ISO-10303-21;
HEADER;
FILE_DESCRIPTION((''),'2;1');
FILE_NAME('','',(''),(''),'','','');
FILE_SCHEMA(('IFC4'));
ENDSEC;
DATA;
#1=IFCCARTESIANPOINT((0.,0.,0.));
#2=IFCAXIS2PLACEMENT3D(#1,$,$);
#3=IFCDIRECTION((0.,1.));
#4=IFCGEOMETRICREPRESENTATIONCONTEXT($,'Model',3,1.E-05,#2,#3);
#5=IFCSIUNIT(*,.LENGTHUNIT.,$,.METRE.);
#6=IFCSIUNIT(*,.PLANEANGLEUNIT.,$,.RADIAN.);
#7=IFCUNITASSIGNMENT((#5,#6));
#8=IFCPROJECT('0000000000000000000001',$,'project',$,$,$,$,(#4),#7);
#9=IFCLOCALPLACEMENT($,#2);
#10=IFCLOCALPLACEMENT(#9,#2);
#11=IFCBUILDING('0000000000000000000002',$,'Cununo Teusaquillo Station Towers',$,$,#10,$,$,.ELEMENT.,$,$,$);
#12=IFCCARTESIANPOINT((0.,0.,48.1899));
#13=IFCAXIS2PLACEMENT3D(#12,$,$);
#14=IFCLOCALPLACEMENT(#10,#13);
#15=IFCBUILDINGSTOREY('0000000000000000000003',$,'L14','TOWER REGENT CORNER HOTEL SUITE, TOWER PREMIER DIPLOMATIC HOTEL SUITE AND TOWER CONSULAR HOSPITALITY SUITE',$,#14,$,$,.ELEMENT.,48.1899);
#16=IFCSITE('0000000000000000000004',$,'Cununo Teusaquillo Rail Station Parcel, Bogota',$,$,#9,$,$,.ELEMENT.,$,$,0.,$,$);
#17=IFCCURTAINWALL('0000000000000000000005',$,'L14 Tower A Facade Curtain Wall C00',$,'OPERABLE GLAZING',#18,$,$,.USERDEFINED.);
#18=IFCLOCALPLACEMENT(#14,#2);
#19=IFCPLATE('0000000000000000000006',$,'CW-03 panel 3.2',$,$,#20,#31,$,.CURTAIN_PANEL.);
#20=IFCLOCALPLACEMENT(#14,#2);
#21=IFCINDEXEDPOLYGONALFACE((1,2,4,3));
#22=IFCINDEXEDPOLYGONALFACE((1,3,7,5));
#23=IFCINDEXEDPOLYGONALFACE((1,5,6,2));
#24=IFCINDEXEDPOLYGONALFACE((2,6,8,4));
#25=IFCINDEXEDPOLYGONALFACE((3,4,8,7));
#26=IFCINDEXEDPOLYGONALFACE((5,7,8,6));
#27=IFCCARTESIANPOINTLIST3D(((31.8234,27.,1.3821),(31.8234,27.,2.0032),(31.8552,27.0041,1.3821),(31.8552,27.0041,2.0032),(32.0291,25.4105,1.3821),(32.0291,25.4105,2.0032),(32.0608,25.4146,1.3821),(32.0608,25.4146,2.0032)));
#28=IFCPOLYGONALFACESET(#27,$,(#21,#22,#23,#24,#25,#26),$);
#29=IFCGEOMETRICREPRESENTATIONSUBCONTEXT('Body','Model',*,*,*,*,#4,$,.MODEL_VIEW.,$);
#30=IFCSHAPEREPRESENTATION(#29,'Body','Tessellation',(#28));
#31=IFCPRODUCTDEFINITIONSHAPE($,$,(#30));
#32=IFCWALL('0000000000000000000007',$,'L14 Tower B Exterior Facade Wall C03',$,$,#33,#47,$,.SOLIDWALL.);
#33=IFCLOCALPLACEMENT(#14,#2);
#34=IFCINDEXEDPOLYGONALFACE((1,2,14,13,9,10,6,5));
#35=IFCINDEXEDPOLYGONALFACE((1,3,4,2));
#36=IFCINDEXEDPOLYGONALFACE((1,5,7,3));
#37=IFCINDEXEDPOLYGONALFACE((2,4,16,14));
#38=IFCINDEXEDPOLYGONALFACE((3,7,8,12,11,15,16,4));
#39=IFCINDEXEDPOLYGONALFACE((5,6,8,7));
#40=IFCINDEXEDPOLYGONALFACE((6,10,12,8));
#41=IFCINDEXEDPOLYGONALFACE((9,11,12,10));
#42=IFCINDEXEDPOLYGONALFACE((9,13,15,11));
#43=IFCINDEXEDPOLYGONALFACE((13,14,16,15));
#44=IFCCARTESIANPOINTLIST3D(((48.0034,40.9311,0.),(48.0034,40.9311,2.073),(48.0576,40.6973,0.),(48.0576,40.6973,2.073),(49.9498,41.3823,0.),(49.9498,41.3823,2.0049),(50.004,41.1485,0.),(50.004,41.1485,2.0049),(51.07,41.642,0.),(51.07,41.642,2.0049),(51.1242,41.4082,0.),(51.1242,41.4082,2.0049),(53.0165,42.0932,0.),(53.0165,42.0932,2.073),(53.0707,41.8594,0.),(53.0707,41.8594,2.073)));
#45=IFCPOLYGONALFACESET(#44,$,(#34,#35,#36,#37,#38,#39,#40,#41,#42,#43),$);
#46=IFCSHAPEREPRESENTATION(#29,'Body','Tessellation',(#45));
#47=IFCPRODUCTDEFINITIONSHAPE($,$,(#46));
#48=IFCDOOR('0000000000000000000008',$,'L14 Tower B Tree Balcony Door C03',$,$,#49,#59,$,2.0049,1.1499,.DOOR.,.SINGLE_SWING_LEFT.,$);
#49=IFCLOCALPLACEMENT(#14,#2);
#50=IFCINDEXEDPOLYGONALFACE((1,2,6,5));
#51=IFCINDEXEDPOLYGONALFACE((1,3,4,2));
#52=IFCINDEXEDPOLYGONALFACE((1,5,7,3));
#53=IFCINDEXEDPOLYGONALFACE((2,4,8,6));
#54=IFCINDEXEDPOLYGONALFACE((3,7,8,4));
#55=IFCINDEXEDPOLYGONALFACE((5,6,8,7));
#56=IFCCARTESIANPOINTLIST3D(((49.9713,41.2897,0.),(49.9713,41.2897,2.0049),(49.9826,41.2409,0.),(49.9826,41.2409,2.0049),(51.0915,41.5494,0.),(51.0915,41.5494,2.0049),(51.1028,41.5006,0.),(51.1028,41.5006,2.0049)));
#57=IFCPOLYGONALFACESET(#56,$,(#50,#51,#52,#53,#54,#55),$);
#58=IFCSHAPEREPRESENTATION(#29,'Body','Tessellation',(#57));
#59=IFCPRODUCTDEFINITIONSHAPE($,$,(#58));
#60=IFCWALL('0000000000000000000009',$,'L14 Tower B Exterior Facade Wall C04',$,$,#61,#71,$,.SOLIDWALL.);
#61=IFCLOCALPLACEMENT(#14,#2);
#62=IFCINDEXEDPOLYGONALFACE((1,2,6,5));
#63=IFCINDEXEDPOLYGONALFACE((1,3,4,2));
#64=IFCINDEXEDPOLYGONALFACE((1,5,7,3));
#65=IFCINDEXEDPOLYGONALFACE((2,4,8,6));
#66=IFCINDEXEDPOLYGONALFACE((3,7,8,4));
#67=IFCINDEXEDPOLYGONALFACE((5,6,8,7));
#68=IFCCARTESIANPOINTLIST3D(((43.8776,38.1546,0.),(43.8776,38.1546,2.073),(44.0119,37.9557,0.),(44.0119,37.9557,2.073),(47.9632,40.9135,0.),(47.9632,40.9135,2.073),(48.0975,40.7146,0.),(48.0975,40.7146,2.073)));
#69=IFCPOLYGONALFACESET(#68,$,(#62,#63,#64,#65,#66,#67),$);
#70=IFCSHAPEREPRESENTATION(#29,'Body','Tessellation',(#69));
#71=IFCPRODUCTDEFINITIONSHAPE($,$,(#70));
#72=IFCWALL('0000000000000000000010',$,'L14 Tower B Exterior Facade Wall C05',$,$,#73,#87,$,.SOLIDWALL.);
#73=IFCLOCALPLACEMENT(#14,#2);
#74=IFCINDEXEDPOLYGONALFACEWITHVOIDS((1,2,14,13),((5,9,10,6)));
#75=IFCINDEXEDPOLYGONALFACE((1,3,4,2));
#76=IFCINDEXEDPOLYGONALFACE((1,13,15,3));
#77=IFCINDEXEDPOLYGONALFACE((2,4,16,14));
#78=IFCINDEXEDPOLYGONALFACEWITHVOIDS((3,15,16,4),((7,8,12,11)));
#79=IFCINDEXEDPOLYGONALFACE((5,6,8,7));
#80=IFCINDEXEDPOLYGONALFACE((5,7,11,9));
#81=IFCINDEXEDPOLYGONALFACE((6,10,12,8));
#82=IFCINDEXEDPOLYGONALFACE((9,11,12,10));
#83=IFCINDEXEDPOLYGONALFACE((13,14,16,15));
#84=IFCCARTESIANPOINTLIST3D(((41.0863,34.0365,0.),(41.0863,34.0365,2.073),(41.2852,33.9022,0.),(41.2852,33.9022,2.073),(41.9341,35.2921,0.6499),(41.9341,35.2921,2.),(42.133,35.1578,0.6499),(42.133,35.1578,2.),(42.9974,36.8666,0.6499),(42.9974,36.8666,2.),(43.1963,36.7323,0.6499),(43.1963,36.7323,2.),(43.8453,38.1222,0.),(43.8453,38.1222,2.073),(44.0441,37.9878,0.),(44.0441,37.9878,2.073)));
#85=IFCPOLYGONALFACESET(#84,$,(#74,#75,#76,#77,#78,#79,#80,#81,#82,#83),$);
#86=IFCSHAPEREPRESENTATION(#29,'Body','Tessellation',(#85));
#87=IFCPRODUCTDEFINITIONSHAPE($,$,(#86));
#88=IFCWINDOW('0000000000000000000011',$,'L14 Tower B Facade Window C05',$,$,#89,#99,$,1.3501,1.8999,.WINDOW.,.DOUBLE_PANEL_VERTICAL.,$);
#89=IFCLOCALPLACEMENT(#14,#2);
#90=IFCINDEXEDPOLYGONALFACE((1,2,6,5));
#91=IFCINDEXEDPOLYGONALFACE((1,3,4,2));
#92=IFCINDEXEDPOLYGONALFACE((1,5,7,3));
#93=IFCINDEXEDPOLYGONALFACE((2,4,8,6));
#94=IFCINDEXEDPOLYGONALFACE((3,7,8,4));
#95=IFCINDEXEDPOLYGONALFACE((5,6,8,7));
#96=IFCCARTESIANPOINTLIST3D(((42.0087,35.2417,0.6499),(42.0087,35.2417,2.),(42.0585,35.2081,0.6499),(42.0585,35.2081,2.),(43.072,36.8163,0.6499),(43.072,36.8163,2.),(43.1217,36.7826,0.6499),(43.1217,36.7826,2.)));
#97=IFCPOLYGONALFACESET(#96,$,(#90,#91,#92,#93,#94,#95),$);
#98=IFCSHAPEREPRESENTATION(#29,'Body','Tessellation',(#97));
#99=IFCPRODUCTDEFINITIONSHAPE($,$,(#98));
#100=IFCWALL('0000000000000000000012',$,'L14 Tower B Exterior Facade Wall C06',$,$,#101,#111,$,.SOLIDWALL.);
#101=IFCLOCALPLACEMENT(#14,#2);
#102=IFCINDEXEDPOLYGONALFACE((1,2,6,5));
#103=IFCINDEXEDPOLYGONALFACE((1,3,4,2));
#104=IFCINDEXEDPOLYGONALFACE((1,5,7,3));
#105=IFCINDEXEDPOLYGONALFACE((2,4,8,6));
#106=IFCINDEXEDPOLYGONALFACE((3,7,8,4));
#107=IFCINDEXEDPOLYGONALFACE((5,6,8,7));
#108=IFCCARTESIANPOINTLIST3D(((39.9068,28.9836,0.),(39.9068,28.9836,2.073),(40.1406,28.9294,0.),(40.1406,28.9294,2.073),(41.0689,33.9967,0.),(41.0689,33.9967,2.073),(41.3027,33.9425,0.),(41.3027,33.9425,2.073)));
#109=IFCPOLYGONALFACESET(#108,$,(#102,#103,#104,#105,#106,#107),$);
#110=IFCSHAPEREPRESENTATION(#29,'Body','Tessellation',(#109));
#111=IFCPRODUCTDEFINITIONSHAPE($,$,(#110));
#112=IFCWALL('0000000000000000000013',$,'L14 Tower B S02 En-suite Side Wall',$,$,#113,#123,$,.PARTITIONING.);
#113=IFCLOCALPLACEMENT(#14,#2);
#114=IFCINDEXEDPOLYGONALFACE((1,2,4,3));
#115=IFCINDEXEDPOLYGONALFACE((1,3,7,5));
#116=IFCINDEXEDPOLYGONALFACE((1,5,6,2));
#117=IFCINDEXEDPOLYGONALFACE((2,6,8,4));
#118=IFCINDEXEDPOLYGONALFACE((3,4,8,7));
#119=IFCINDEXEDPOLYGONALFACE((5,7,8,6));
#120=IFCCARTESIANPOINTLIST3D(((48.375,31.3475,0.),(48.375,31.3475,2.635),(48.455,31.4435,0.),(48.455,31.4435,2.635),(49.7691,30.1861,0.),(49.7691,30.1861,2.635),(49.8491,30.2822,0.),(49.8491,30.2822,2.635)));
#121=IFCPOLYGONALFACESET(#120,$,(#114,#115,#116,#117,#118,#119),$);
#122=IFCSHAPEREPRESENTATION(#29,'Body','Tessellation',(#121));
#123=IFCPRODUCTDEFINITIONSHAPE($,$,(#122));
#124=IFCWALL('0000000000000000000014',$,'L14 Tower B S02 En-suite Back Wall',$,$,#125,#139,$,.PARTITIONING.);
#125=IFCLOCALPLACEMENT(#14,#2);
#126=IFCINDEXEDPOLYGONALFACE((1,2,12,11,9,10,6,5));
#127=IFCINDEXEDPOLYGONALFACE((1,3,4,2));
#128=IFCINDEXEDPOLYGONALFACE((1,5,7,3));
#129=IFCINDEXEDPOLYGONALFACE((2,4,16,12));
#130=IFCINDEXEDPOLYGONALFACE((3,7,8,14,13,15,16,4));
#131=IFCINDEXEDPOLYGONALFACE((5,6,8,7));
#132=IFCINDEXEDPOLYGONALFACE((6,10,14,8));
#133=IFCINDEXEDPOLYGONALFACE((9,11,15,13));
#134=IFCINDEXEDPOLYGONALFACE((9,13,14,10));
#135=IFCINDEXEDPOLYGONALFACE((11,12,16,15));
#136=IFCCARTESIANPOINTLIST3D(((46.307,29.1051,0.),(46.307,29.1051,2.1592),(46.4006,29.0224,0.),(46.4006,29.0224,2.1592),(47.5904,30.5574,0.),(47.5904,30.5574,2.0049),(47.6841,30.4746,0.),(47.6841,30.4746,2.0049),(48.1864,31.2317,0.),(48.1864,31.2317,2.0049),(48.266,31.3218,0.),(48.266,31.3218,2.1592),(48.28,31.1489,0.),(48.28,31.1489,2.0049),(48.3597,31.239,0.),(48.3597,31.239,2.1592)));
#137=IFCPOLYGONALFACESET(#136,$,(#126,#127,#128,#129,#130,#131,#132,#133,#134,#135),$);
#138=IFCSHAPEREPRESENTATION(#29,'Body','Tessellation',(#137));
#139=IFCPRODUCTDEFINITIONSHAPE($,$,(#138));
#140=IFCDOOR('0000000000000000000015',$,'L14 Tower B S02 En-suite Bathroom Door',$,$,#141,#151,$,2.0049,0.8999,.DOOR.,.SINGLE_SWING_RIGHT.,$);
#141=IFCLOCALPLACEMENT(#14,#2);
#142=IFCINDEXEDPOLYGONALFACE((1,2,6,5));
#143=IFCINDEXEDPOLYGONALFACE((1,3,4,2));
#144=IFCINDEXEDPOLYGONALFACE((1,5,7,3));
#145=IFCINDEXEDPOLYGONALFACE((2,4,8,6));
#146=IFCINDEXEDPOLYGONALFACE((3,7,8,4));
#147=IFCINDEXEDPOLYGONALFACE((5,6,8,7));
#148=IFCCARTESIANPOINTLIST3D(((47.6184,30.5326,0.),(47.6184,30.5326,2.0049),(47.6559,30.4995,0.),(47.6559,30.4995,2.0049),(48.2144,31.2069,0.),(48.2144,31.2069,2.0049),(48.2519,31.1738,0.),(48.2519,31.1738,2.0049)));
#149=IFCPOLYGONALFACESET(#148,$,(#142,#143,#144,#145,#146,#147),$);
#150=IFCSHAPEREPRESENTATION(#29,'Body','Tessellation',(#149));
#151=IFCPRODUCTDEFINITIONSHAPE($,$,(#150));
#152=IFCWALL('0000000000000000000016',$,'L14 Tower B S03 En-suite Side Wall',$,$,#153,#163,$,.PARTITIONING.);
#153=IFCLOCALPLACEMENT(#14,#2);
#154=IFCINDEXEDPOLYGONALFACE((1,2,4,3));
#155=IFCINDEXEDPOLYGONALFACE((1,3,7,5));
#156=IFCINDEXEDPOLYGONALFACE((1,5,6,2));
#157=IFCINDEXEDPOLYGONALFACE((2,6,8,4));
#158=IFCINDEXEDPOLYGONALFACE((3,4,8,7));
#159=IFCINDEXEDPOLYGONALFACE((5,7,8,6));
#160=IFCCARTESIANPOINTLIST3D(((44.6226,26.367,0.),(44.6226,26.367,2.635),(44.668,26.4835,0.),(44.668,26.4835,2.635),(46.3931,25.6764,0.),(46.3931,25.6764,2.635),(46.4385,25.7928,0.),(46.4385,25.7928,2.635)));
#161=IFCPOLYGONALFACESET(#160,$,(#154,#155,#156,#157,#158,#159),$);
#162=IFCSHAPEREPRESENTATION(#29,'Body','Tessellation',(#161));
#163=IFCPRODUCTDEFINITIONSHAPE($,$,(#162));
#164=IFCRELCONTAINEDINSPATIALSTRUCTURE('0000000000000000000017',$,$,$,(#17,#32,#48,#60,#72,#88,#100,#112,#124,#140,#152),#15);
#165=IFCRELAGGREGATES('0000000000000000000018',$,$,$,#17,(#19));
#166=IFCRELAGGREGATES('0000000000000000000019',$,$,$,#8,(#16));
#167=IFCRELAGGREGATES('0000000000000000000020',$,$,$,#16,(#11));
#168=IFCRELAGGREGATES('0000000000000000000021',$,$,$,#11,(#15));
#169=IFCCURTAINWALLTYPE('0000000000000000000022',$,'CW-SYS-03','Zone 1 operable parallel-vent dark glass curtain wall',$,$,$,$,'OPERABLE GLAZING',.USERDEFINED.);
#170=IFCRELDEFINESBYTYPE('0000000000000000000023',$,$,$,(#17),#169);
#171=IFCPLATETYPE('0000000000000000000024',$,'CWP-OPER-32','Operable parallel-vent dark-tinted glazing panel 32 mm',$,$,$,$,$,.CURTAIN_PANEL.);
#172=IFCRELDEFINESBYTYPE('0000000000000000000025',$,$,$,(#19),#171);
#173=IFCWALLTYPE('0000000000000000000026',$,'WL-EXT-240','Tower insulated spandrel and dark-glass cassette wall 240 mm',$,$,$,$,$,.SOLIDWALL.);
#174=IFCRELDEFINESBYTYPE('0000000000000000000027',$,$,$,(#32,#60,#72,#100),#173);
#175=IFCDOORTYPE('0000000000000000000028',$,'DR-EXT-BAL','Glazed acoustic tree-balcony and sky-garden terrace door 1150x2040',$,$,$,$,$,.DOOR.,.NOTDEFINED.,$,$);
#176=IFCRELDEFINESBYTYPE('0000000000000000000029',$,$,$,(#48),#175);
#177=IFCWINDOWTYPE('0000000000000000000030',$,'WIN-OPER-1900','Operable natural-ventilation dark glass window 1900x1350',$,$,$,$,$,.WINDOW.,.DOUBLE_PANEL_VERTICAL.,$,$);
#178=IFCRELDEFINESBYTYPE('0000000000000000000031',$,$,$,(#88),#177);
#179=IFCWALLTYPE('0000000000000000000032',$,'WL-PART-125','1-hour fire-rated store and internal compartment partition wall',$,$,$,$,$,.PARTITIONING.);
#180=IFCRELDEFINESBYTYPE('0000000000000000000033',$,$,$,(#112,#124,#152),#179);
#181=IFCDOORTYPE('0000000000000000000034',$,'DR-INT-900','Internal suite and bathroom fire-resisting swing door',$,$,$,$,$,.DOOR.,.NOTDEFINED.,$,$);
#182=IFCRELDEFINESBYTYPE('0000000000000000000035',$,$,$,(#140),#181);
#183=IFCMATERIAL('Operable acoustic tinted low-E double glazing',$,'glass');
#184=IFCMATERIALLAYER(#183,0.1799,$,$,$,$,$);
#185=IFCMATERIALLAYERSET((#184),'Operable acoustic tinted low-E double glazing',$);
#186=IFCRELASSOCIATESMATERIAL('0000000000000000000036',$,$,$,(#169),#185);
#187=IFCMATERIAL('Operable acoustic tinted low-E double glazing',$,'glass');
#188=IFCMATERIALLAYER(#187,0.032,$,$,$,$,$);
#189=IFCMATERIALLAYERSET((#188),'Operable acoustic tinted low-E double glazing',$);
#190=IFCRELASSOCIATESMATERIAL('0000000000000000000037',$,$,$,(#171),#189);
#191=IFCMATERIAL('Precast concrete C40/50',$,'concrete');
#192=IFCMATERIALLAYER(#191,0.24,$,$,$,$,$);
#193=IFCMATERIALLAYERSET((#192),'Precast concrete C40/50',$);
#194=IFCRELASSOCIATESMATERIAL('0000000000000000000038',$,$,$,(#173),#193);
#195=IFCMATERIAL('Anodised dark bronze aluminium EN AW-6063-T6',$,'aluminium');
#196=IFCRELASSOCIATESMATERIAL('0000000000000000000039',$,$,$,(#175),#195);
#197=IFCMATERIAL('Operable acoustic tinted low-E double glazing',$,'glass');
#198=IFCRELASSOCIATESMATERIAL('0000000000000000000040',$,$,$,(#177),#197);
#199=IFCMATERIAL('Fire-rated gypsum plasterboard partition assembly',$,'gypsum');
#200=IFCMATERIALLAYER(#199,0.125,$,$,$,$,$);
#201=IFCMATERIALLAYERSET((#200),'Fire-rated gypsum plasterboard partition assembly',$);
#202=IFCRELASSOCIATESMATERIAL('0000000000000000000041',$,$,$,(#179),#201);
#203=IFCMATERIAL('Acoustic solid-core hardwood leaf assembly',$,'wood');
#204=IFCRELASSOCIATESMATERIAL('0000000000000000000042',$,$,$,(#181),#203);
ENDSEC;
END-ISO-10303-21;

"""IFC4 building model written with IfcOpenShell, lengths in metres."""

from ifc_helpers import new_model, si_unit, direction, frame, frame_2d, origin, origin_2d, place, context, subcontext, project, spatial, rectangle, extrude, source, transform, mapped, material, layer, layer_set, type_object, element, fill, aggregate, save


model = new_model("IFC4")

# Units and contexts
model_context = context("Model", 3, precision=1e-05, world=origin(), true_north=direction((0.0, 1.0)))
body_context = subcontext(model_context, "Body", "Model", "MODEL_VIEW")
ifc_project = project(units=[si_unit("LENGTHUNIT", "METRE"), si_unit("PLANEANGLEUNIT", "RADIAN")], contexts=[model_context])

# Site, building, storey
site_placement = place(None, origin())
site = spatial("IfcSite", under=ifc_project, at=site_placement, Name="Cununo Teusaquillo Rail Station Parcel, Bogota", CompositionType="ELEMENT", RefElevation=0.0)
building_placement = place(site_placement, origin())
building = spatial("IfcBuilding", under=site, at=building_placement, Name="Cununo Teusaquillo Station Towers", CompositionType="ELEMENT")
storey_placement = place(building_placement, frame((0.0, 0.0, 48.1899)))
storey = spatial("IfcBuildingStorey", under=building, at=storey_placement, Name="L14", Description="TOWER REGENT CORNER HOTEL SUITE, TOWER PREMIER DIPLOMATIC HOTEL SUITE AND TOWER CONSULAR HOSPITALITY SUITE", CompositionType="ELEMENT", Elevation=48.1899)

# Curtain wall, plate
ifc_material_1 = material(Name="Operable acoustic tinted low-E double glazing", Category="glass")
ifc_layer_1 = layer(ifc_material_1, 0.1799)
ifc_layer_set_1 = layer_set([ifc_layer_1], Name="Operable acoustic tinted low-E double glazing")
curtain_wall_type = type_object("IfcCurtainWallType", Name="CW-SYS-03", Description="Zone 1 operable parallel-vent dark glass curtain wall", ElementType="OPERABLE GLAZING", PredefinedType="USERDEFINED", material=ifc_layer_set_1)
curtain_wall_placement = place(storey_placement, origin())
curtain_wall = element("IfcCurtainWall", 1, at=curtain_wall_placement, inside=storey, type_object=curtain_wall_type, Name="L14 Tower A Facade Curtain Wall C00", ObjectType="OPERABLE GLAZING", PredefinedType="USERDEFINED")
ifc_material_2 = material(Name="Operable acoustic tinted low-E double glazing", Category="glass")
ifc_layer_2 = layer(ifc_material_2, 0.032)
ifc_layer_set_2 = layer_set([ifc_layer_2], Name="Operable acoustic tinted low-E double glazing")
plate_type_1 = type_object("IfcPlateType", Name="CWP-OPER-32", Description="Operable parallel-vent dark-tinted glazing panel 32 mm", PredefinedType="CURTAIN_PANEL", material=ifc_layer_set_2)
shared_shape_1 = source(origin(), body_context, "Body", "SweptSolid", [
    extrude(rectangle(XDim=1.6028, YDim=0.032, at=origin_2d()), origin(), (0.0, 0.0, 1.0), 0.6211),
])
plate_1_placement = place(storey_placement, frame((31.9421, 26.2073, 1.3821), z_axis=(0.0, 0.0, 1.0), x_axis=(0.128336, -0.991731, 0.0)))
plate_1 = element("IfcPlate", 2, at=plate_1_placement, type_object=plate_type_1, Name="CW-03 panel 3.2", PredefinedType="CURTAIN_PANEL", context=body_context, shape_type="MappedRepresentation", body=[
    mapped(shared_shape_1, transform((0.0, 0.0, 0.0), x_axis=(1.0, 0.0, 0.0), y_axis=(0.0, 1.0, 0.0), z_axis=(0.0, 0.0, 1.0), scale=1.0)),
])
aggregate(curtain_wall, [plate_1])

# Wall, opening, door
ifc_material_3 = material(Name="Precast concrete C40/50", Category="concrete")
ifc_layer_3 = layer(ifc_material_3, 0.24)
ifc_layer_set_3 = layer_set([ifc_layer_3], Name="Precast concrete C40/50")
wall_type_1 = type_object("IfcWallType", Name="WL-EXT-240", Description="Tower insulated spandrel and dark-glass cassette wall 240 mm", PredefinedType="SOLIDWALL", material=ifc_layer_set_3)
wall_1_placement = place(storey_placement, frame((48.0305, 40.8142, 0.0), z_axis=(0.0, 0.0, 1.0), x_axis=(0.974166, 0.225833, 0.0)))
wall_1 = element("IfcWall", 3, at=wall_1_placement, inside=storey, type_object=wall_type_1, Name="L14 Tower B Exterior Facade Wall C03", PredefinedType="SOLIDWALL", context=body_context, shape_type="SweptSolid", body=[
    extrude(rectangle(XDim=5.146, YDim=0.24, at=frame_2d((2.573, 0.0))), origin(), (0.0, 0.0, 1.0), 2.073),
])
shared_shape_2 = source(origin(), body_context, "Body", "SweptSolid", [
    extrude(rectangle(XDim=1.1499, YDim=2.0049, at=frame_2d((0.575, 1.0024))), frame((0.0, 0.1299, 0.0), z_axis=(0.0, -1.0, 0.0), x_axis=(1.0, 0.0, 0.0)), (0.0, 0.0, 1.0), 0.26),
])
opening_1_placement = place(wall_1_placement, frame((1.998, 0.0, 0.0)))
opening_1 = element("IfcOpeningElement", 4, at=opening_1_placement, cuts=wall_1, PredefinedType="OPENING", context=body_context, shape_type="MappedRepresentation", body=[
    mapped(shared_shape_2, transform((0.0, 0.0, 0.0), x_axis=(1.0, 0.0, 0.0), y_axis=(0.0, 1.0, 0.0), z_axis=(0.0, 0.0, 1.0), scale=1.0)),
])
ifc_material_4 = material(Name="Anodised dark bronze aluminium EN AW-6063-T6", Category="aluminium")
door_type_1 = type_object("IfcDoorType", Name="DR-EXT-BAL", Description="Glazed acoustic tree-balcony and sky-garden terrace door 1150x2040", OperationType="NOTDEFINED", PredefinedType="DOOR", material=ifc_material_4)
shared_shape_3 = source(origin(), body_context, "Body", "SweptSolid", [
    extrude(rectangle(XDim=1.1499, YDim=2.0049, at=frame_2d((0.575, 1.0024))), frame((0.0, 0.0249, 0.0), z_axis=(0.0, -1.0, 0.0), x_axis=(1.0, 0.0, 0.0)), (0.0, 0.0, 1.0), 0.05),
])
door_1_placement = place(opening_1_placement, origin())
door_1 = element("IfcDoor", 5, at=door_1_placement, inside=storey, type_object=door_type_1, Name="L14 Tower B Tree Balcony Door C03", OperationType="SINGLE_SWING_LEFT", OverallHeight=2.0049, OverallWidth=1.1499, PredefinedType="DOOR", context=body_context, shape_type="MappedRepresentation", body=[
    mapped(shared_shape_3, transform((0.0, 0.0, 0.0), x_axis=(1.0, 0.0, 0.0), y_axis=(0.0, 1.0, 0.0), z_axis=(0.0, 0.0, 1.0), scale=1.0)),
])
fill(opening_1, door_1)

# Wall
wall_2_placement = place(storey_placement, frame((43.9448, 38.0552, 0.0), z_axis=(0.0, 0.0, 1.0), x_axis=(0.828737, 0.559639, 0.0)))
element("IfcWall", 6, at=wall_2_placement, inside=storey, type_object=wall_type_1, Name="L14 Tower B Exterior Facade Wall C04", PredefinedType="SOLIDWALL", context=body_context, shape_type="SweptSolid", body=[
    extrude(rectangle(XDim=4.9299, YDim=0.24, at=frame_2d((2.4648, 0.0))), origin(), (0.0, 0.0, 1.0), 2.073),
])

# Wall, opening, window
wall_3_placement = place(storey_placement, frame((41.1858, 33.9695, 0.0), z_axis=(0.0, 0.0, 1.0), x_axis=(0.559639, 0.828737, 0.0)))
wall_3 = element("IfcWall", 7, at=wall_3_placement, inside=storey, type_object=wall_type_1, Name="L14 Tower B Exterior Facade Wall C05", PredefinedType="SOLIDWALL", context=body_context, shape_type="SweptSolid", body=[
    extrude(rectangle(XDim=4.9299, YDim=0.24, at=frame_2d((2.4648, 0.0))), origin(), (0.0, 0.0, 1.0), 2.073),
])
shared_shape_4 = source(origin(), body_context, "Body", "SweptSolid", [
    extrude(rectangle(XDim=1.8999, YDim=1.3501, at=frame_2d((0.95, 0.675))), frame((0.0, 0.1299, 0.0), z_axis=(0.0, -1.0, 0.0), x_axis=(1.0, 0.0, 0.0)), (0.0, 0.0, 1.0), 0.26),
])
opening_2_placement = place(wall_3_placement, frame((1.5149, 0.0, 0.6499)))
opening_2 = element("IfcOpeningElement", 8, at=opening_2_placement, cuts=wall_3, PredefinedType="OPENING", context=body_context, shape_type="MappedRepresentation", body=[
    mapped(shared_shape_4, transform((0.0, 0.0, 0.0), x_axis=(1.0, 0.0, 0.0), y_axis=(0.0, 1.0, 0.0), z_axis=(0.0, 0.0, 1.0), scale=1.0)),
])
ifc_material_5 = material(Name="Operable acoustic tinted low-E double glazing", Category="glass")
window_type = type_object("IfcWindowType", Name="WIN-OPER-1900", Description="Operable natural-ventilation dark glass window 1900x1350", PartitioningType="DOUBLE_PANEL_VERTICAL", PredefinedType="WINDOW", material=ifc_material_5)
shared_shape_5 = source(origin(), body_context, "Body", "SweptSolid", [
    extrude(rectangle(XDim=1.8999, YDim=1.3501, at=frame_2d((0.95, 0.675))), frame((0.0, 0.03, 0.0), z_axis=(0.0, -1.0, 0.0), x_axis=(1.0, 0.0, 0.0)), (0.0, 0.0, 1.0), 0.0601),
])
window_placement = place(opening_2_placement, origin())
window = element("IfcWindow", 9, at=window_placement, inside=storey, type_object=window_type, Name="L14 Tower B Facade Window C05", OverallHeight=1.3501, OverallWidth=1.8999, PartitioningType="DOUBLE_PANEL_VERTICAL", PredefinedType="WINDOW", context=body_context, shape_type="MappedRepresentation", body=[
    mapped(shared_shape_5, transform((0.0, 0.0, 0.0), x_axis=(1.0, 0.0, 0.0), y_axis=(0.0, 1.0, 0.0), z_axis=(0.0, 0.0, 1.0), scale=1.0)),
])
fill(opening_2, window)

# Walls
wall_4_placement = place(storey_placement, frame((40.0237, 28.9565, 0.0), z_axis=(0.0, 0.0, 1.0), x_axis=(0.225833, 0.974166, 0.0)))
element("IfcWall", 10, at=wall_4_placement, inside=storey, type_object=wall_type_1, Name="L14 Tower B Exterior Facade Wall C06", PredefinedType="SOLIDWALL", context=body_context, shape_type="SweptSolid", body=[
    extrude(rectangle(XDim=5.146, YDim=0.24, at=frame_2d((2.573, 0.0))), origin(), (0.0, 0.0, 1.0), 2.073),
])
ifc_material_6 = material(Name="Fire-rated gypsum plasterboard partition assembly", Category="gypsum")
ifc_layer_4 = layer(ifc_material_6, 0.125)
ifc_layer_set_4 = layer_set([ifc_layer_4], Name="Fire-rated gypsum plasterboard partition assembly")
wall_type_2 = type_object("IfcWallType", Name="WL-PART-125", Description="1-hour fire-rated store and internal compartment partition wall", PredefinedType="PARTITIONING", material=ifc_layer_set_4)
wall_5_placement = place(storey_placement, frame((49.8091, 30.2341, 0.0), z_axis=(0.0, 0.0, 1.0), x_axis=(-0.76831, 0.640079, 0.0)))
element("IfcWall", 11, at=wall_5_placement, inside=storey, type_object=wall_type_2, Name="L14 Tower B S02 En-suite Side Wall", PredefinedType="PARTITIONING", context=body_context, shape_type="SweptSolid", body=[
    extrude(rectangle(XDim=1.8145, YDim=0.125, at=frame_2d((0.9072, 0.0))), origin(), (0.0, 0.0, 1.0), 2.635),
])

# Wall, opening, door
wall_6_placement = place(storey_placement, frame((48.3127, 31.2803, 0.0), z_axis=(0.0, 0.0, 1.0), x_axis=(-0.66223, -0.749301, 0.0)))
wall_6 = element("IfcWall", 12, at=wall_6_placement, inside=storey, type_object=wall_type_2, Name="L14 Tower B S02 En-suite Back Wall", PredefinedType="PARTITIONING", context=body_context, shape_type="SweptSolid", body=[
    extrude(rectangle(XDim=2.9583, YDim=0.125, at=frame_2d((1.479, 0.0))), origin(), (0.0, 0.0, 1.0), 2.1592),
])
shared_shape_6 = source(origin(), body_context, "Body", "SweptSolid", [
    extrude(rectangle(XDim=0.8999, YDim=2.0049, at=frame_2d((0.45, 1.0024))), frame((0.0, 0.0725, 0.0), z_axis=(0.0, -1.0, 0.0), x_axis=(1.0, 0.0, 0.0)), (0.0, 0.0, 1.0), 0.145),
])
opening_3_placement = place(wall_6_placement, frame((0.1201, 0.0, 0.0)))
opening_3 = element("IfcOpeningElement", 13, at=opening_3_placement, cuts=wall_6, PredefinedType="OPENING", context=body_context, shape_type="MappedRepresentation", body=[
    mapped(shared_shape_6, transform((0.0, 0.0, 0.0), x_axis=(1.0, 0.0, 0.0), y_axis=(0.0, 1.0, 0.0), z_axis=(0.0, 0.0, 1.0), scale=1.0)),
])
ifc_material_7 = material(Name="Acoustic solid-core hardwood leaf assembly", Category="wood")
door_type_2 = type_object("IfcDoorType", Name="DR-INT-900", Description="Internal suite and bathroom fire-resisting swing door", OperationType="NOTDEFINED", PredefinedType="DOOR", material=ifc_material_7)
shared_shape_7 = source(origin(), body_context, "Body", "SweptSolid", [
    extrude(rectangle(XDim=0.8999, YDim=2.0049, at=frame_2d((0.45, 1.0024))), frame((0.0, 0.0249, 0.0), z_axis=(0.0, -1.0, 0.0), x_axis=(1.0, 0.0, 0.0)), (0.0, 0.0, 1.0), 0.05),
])
door_2_placement = place(opening_3_placement, origin())
door_2 = element("IfcDoor", 14, at=door_2_placement, inside=storey, type_object=door_type_2, Name="L14 Tower B S02 En-suite Bathroom Door", OperationType="SINGLE_SWING_RIGHT", OverallHeight=2.0049, OverallWidth=0.8999, PredefinedType="DOOR", context=body_context, shape_type="MappedRepresentation", body=[
    mapped(shared_shape_7, transform((0.0, 0.0, 0.0), x_axis=(1.0, 0.0, 0.0), y_axis=(0.0, 1.0, 0.0), z_axis=(0.0, 0.0, 1.0), scale=1.0)),
])
fill(opening_3, door_2)

# Wall
wall_7_placement = place(storey_placement, frame((46.4158, 25.7346, 0.0), z_axis=(0.0, 0.0, 1.0), x_axis=(-0.931623, 0.363426, 0.0)))
element("IfcWall", 15, at=wall_7_placement, inside=storey, type_object=wall_type_2, Name="L14 Tower B S03 En-suite Side Wall", PredefinedType="PARTITIONING", context=body_context, shape_type="SweptSolid", body=[
    extrude(rectangle(XDim=1.9004, YDim=0.125, at=frame_2d((0.9502, 0.0))), origin(), (0.0, 0.0, 1.0), 2.635),
])

save(model, "model.ifc")
